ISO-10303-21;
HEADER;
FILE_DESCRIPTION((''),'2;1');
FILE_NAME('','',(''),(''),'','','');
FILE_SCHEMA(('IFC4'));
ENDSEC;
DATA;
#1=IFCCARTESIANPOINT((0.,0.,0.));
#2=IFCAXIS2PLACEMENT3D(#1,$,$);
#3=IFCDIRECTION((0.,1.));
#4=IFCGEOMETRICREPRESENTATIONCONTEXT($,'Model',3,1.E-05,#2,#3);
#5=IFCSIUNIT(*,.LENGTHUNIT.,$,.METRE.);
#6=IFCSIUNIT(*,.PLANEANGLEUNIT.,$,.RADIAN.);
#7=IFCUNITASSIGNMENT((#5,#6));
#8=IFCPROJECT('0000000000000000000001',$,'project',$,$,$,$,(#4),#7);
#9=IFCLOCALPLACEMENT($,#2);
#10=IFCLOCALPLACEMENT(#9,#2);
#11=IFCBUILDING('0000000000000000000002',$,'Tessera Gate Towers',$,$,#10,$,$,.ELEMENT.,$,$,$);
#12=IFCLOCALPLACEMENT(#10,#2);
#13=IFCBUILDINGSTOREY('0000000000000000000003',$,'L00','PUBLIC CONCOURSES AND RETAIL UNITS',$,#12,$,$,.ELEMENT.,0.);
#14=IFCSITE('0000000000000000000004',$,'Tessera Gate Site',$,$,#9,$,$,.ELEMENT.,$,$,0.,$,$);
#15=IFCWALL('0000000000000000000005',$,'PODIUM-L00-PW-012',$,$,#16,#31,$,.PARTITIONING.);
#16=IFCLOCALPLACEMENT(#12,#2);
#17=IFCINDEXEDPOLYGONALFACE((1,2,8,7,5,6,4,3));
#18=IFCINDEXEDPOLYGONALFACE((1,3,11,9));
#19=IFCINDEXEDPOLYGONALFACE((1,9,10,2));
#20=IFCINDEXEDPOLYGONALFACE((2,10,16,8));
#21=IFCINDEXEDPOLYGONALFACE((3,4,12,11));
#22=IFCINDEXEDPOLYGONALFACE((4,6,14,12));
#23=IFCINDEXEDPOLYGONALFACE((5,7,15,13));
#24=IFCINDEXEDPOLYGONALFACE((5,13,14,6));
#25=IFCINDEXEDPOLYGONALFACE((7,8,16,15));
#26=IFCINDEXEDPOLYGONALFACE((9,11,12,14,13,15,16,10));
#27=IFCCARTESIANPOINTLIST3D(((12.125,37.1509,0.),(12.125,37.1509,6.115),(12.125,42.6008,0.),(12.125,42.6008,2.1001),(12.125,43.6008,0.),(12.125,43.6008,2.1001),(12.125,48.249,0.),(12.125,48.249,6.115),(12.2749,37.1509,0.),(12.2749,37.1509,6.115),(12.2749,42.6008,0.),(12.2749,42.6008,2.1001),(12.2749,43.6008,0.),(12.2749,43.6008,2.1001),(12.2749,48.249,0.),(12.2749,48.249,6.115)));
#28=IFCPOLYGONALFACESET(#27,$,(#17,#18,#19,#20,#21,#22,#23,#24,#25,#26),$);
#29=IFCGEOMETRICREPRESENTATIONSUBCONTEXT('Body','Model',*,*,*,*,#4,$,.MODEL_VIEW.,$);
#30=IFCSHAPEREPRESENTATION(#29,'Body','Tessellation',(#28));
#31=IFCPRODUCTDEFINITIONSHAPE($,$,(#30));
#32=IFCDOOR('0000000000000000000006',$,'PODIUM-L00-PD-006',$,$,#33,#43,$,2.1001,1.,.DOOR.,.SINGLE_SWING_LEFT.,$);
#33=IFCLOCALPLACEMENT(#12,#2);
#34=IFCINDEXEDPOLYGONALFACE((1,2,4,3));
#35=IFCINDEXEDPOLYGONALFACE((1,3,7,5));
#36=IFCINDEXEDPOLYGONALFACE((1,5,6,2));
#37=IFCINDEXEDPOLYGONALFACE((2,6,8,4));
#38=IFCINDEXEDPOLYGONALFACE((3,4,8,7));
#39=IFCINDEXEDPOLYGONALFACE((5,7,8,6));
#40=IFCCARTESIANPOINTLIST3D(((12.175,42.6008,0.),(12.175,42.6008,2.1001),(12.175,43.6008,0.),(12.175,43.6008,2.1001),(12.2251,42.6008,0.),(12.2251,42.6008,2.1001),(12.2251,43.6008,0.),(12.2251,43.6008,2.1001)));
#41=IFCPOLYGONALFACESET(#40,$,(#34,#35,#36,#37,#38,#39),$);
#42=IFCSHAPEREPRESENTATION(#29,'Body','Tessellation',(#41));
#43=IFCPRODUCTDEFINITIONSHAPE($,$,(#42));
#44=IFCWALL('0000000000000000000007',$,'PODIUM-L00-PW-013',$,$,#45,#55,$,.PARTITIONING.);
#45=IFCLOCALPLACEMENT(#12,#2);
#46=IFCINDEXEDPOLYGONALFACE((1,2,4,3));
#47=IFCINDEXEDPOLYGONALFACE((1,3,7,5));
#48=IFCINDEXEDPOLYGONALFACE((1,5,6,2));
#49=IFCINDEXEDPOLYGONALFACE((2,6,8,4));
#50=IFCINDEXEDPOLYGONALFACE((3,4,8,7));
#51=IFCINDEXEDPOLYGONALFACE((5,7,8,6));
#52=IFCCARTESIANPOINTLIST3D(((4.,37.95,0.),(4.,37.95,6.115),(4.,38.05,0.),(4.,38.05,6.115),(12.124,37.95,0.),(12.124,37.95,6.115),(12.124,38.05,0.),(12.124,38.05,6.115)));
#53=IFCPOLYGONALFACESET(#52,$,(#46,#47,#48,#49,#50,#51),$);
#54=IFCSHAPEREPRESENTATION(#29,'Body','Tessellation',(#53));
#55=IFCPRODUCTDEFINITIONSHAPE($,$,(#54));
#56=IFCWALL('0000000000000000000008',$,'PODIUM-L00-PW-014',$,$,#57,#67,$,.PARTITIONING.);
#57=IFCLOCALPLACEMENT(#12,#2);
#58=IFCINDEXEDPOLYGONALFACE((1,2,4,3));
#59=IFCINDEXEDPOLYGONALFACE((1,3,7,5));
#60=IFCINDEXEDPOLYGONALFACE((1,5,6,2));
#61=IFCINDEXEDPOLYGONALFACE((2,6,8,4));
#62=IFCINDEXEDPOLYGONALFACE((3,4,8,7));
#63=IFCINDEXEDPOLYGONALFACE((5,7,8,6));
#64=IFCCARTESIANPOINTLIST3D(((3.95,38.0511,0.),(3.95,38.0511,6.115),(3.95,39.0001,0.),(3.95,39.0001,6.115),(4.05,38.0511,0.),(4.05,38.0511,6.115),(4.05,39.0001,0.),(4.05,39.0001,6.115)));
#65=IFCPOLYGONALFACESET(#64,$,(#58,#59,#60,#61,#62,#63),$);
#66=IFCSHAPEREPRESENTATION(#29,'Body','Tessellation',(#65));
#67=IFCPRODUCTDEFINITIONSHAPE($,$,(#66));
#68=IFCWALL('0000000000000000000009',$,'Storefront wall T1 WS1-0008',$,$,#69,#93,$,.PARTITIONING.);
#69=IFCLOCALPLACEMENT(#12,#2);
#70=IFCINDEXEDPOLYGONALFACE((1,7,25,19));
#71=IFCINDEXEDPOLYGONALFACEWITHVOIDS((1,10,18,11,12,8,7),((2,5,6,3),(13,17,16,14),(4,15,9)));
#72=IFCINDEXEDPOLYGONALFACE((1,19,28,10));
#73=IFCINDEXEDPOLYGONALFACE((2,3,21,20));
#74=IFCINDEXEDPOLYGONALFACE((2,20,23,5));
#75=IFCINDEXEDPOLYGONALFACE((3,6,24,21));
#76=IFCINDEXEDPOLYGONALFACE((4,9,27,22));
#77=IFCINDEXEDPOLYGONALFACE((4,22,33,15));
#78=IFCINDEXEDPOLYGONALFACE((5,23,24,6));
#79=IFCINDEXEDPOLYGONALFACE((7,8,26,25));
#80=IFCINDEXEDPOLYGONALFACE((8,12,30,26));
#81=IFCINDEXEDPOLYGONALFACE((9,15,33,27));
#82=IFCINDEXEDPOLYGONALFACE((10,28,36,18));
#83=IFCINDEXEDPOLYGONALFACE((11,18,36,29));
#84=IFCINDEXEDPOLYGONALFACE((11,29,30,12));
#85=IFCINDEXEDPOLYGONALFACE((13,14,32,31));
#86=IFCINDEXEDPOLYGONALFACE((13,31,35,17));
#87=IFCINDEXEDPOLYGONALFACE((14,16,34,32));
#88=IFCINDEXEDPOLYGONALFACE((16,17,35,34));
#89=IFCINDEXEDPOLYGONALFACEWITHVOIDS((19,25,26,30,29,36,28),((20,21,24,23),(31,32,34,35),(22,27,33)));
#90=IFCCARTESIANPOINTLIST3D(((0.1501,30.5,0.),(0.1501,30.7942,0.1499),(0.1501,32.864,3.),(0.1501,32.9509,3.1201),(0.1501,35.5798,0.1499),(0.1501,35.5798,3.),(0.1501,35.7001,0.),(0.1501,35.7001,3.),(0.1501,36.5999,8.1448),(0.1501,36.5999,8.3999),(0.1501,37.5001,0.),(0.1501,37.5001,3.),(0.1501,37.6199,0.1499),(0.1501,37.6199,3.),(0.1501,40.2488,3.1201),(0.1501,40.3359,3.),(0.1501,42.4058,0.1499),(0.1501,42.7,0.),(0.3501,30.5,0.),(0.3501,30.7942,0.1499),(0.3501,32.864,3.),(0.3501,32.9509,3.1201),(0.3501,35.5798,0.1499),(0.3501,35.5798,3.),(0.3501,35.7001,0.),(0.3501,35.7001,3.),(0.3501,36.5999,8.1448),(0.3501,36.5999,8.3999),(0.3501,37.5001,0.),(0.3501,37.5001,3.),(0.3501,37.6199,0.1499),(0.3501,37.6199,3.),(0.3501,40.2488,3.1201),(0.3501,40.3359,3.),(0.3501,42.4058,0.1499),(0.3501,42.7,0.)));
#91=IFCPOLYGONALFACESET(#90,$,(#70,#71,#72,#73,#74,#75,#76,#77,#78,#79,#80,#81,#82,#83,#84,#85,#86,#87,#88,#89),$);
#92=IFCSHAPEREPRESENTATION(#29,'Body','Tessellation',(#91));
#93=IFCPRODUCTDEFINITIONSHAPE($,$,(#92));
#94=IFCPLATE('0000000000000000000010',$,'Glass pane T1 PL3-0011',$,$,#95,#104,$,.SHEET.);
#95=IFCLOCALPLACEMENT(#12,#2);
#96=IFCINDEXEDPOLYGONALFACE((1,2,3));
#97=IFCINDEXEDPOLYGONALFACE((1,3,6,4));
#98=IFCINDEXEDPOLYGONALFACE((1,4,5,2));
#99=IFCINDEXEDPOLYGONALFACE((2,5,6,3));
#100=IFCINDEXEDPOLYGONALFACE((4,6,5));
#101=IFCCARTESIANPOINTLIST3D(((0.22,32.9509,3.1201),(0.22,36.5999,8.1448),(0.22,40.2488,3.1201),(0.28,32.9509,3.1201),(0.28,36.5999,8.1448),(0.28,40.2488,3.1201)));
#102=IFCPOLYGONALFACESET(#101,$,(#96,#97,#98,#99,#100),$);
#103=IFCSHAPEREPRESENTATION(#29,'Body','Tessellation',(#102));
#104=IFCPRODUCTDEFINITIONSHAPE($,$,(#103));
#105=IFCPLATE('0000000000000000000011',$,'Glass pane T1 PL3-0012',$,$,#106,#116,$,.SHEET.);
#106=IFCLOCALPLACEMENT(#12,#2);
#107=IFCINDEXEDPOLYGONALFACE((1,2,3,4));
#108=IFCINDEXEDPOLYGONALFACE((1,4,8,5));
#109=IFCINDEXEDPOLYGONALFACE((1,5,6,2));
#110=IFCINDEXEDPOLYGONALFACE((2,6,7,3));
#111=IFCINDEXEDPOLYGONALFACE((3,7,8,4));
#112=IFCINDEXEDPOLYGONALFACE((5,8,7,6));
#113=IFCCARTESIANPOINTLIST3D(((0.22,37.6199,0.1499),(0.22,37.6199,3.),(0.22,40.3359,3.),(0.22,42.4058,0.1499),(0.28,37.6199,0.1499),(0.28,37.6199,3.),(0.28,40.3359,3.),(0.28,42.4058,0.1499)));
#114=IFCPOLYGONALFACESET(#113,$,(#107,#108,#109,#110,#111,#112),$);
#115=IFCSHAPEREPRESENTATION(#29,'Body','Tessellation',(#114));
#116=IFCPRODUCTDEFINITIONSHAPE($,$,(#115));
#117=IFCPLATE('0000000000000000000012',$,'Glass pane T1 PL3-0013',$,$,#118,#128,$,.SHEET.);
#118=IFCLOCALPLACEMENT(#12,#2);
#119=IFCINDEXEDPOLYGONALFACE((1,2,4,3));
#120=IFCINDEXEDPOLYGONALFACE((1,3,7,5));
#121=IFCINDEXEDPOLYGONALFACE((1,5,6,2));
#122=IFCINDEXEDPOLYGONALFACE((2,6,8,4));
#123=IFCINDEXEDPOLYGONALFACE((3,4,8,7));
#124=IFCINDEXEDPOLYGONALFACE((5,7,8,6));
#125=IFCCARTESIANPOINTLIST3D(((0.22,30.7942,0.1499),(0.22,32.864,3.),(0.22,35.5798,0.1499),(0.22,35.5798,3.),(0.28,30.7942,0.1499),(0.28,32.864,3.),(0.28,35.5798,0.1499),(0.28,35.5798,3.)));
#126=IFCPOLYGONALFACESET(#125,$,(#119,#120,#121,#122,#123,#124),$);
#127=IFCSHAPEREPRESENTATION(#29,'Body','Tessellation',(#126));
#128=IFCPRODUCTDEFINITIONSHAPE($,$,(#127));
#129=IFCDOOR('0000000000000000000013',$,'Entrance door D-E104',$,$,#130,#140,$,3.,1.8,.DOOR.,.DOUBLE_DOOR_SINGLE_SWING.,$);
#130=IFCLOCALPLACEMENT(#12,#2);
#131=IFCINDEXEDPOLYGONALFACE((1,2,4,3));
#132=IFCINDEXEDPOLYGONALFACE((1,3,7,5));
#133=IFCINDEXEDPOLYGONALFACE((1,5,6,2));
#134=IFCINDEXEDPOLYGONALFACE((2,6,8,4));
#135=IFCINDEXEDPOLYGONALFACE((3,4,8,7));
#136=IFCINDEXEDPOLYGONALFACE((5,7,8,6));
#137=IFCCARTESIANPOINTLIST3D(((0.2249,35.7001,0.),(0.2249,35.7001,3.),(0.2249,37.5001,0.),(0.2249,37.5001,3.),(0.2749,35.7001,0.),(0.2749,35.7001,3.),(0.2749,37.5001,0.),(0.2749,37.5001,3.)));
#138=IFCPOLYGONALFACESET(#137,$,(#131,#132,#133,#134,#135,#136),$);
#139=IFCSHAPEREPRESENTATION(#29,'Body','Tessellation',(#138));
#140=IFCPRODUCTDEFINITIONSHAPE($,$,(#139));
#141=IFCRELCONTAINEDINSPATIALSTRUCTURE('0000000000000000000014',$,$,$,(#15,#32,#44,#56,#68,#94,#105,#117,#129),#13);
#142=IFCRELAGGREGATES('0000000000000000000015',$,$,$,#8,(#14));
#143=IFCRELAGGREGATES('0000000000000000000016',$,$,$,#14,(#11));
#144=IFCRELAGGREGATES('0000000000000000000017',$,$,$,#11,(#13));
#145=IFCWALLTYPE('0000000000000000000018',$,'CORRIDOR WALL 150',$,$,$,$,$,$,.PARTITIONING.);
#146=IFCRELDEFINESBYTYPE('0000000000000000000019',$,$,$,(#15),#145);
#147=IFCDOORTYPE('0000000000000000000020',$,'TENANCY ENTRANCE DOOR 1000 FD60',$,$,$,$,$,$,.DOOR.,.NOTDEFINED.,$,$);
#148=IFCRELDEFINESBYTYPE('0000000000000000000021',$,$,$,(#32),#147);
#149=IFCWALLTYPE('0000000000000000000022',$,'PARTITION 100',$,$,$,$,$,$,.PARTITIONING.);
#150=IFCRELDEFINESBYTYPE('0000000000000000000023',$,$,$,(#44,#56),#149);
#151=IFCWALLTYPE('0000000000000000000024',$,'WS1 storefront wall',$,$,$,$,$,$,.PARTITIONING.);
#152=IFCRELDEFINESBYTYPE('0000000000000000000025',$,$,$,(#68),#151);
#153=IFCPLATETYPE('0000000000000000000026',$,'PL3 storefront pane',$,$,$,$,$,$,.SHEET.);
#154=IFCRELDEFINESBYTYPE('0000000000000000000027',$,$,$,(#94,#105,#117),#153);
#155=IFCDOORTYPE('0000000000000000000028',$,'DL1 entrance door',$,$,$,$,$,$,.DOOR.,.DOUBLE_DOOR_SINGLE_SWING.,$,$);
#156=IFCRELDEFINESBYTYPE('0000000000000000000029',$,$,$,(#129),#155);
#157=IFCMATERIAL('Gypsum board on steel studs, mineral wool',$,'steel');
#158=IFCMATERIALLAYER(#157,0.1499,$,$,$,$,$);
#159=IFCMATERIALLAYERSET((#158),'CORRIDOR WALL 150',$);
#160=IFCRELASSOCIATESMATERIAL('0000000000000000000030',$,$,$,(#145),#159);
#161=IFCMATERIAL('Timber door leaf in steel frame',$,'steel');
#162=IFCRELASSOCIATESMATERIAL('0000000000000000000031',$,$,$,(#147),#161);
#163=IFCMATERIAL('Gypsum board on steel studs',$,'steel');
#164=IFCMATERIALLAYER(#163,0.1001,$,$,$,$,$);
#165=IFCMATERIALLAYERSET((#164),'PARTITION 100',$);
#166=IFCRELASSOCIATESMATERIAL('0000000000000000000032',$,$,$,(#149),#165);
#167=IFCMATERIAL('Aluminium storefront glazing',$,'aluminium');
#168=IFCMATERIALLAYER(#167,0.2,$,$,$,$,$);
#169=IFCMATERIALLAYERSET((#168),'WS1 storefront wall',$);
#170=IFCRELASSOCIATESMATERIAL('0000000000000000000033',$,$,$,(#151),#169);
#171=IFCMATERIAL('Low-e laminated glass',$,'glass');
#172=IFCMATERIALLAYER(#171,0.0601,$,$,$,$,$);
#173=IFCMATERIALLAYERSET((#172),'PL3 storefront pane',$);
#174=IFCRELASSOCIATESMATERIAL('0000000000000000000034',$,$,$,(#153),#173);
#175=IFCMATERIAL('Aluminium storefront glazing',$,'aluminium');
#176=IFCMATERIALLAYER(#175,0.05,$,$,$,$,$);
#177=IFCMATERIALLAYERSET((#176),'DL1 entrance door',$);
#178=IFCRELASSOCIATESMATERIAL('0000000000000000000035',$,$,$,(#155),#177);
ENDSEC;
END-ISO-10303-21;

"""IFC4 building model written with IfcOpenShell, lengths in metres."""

from ifc_helpers import new_model, si_unit, direction, frame, frame_2d, origin, place, context, subcontext, project, spatial, polyline, rectangle, outline, extrude, source, transform, mapped, material, layer, layer_set, type_object, element, fill, save


model = new_model("IFC4")

# Units and contexts
model_context = context("Model", 3, precision=1e-05, world=origin(), true_north=direction((0.0, 1.0)))
body_context = subcontext(model_context, "Body", "Model", "MODEL_VIEW")
ifc_project = project(units=[si_unit("LENGTHUNIT", "METRE"), si_unit("PLANEANGLEUNIT", "RADIAN")], contexts=[model_context])

# Site, building, storey
site_placement = place(None, origin())
site = spatial("IfcSite", under=ifc_project, at=site_placement, Name="Tessera Gate Site", CompositionType="ELEMENT", RefElevation=0.0)
building_placement = place(site_placement, origin())
building = spatial("IfcBuilding", under=site, at=building_placement, Name="Tessera Gate Towers", CompositionType="ELEMENT")
storey_placement = place(building_placement, origin())
storey = spatial("IfcBuildingStorey", under=building, at=storey_placement, Name="L00", Description="PUBLIC CONCOURSES AND RETAIL UNITS", CompositionType="ELEMENT", Elevation=0.0)

# Wall, opening, door
ifc_material_1 = material(Name="Gypsum board on steel studs, mineral wool", Category="steel")
ifc_layer_1 = layer(ifc_material_1, 0.1499)
ifc_layer_set_1 = layer_set([ifc_layer_1], Name="CORRIDOR WALL 150")
wall_type_1 = type_object("IfcWallType", Name="CORRIDOR WALL 150", PredefinedType="PARTITIONING", material=ifc_layer_set_1)
wall_1_placement = place(storey_placement, frame((12.2, 37.1509, 0.0), z_axis=(0.0, 0.0, 1.0), x_axis=(0.0, 1.0, 0.0)))
wall_1 = element("IfcWall", 1, at=wall_1_placement, inside=storey, type_object=wall_type_1, Name="PODIUM-L00-PW-012", PredefinedType="PARTITIONING", context=body_context, shape_type="SweptSolid", body=[
    extrude(rectangle(XDim=11.0981, YDim=0.1499, at=frame_2d((5.5491, 0.0))), origin(), (0.0, 0.0, 1.0), 6.115),
])
shared_shape_1 = source(origin(), body_context, "Body", "SweptSolid", [
    extrude(rectangle(XDim=1.0, YDim=2.1001, at=frame_2d((0.5, 1.05))), frame((0.0, 0.085, 0.0), z_axis=(0.0, -1.0, 0.0), x_axis=(1.0, 0.0, 0.0)), (0.0, 0.0, 1.0), 0.1699),
])
opening_1_placement = place(wall_1_placement, frame((5.45, 0.0, 0.0)))
opening_1 = element("IfcOpeningElement", 2, at=opening_1_placement, cuts=wall_1, PredefinedType="OPENING", context=body_context, shape_type="MappedRepresentation", body=[
    mapped(shared_shape_1, transform((0.0, 0.0, 0.0), scale=1.0)),
])
ifc_material_2 = material(Name="Timber door leaf in steel frame", Category="steel")
door_type_1 = type_object("IfcDoorType", Name="TENANCY ENTRANCE DOOR 1000 FD60", OperationType="NOTDEFINED", PredefinedType="DOOR", material=ifc_material_2)
shared_shape_2 = source(origin(), body_context, "Body", "SweptSolid", [
    extrude(rectangle(XDim=1.0, YDim=2.1001, at=frame_2d((0.5, 1.05))), frame((0.0, 0.0249, 0.0), z_axis=(0.0, -1.0, 0.0), x_axis=(1.0, 0.0, 0.0)), (0.0, 0.0, 1.0), 0.05),
])
door_1_placement = place(opening_1_placement, origin())
door_1 = element("IfcDoor", 3, at=door_1_placement, inside=storey, type_object=door_type_1, Name="PODIUM-L00-PD-006", OperationType="SINGLE_SWING_LEFT", OverallHeight=2.1001, OverallWidth=1.0, PredefinedType="DOOR", context=body_context, shape_type="MappedRepresentation", body=[
    mapped(shared_shape_2, transform((0.0, 0.0, 0.0), scale=1.0)),
])
fill(opening_1, door_1)

# Walls
ifc_material_3 = material(Name="Gypsum board on steel studs", Category="steel")
ifc_layer_2 = layer(ifc_material_3, 0.1001)
ifc_layer_set_2 = layer_set([ifc_layer_2], Name="PARTITION 100")
wall_type_2 = type_object("IfcWallType", Name="PARTITION 100", PredefinedType="PARTITIONING", material=ifc_layer_set_2)
wall_2_placement = place(storey_placement, frame((4.0, 38.0, 0.0), z_axis=(0.0, 0.0, 1.0), x_axis=(1.0, 0.0, 0.0)))
element("IfcWall", 4, at=wall_2_placement, inside=storey, type_object=wall_type_2, Name="PODIUM-L00-PW-013", PredefinedType="PARTITIONING", context=body_context, shape_type="SweptSolid", body=[
    extrude(rectangle(XDim=8.124, YDim=0.1001, at=frame_2d((4.062, 0.0))), origin(), (0.0, 0.0, 1.0), 6.115),
])
wall_3_placement = place(storey_placement, frame((4.0, 38.051, 0.0), z_axis=(0.0, 0.0, 1.0), x_axis=(0.0, 1.0, 0.0)))
element("IfcWall", 5, at=wall_3_placement, inside=storey, type_object=wall_type_2, Name="PODIUM-L00-PW-014", PredefinedType="PARTITIONING", context=body_context, shape_type="SweptSolid", body=[
    extrude(rectangle(XDim=0.949, YDim=0.1001, at=frame_2d((0.4746, 0.0))), origin(), (0.0, 0.0, 1.0), 6.115),
])

# Wall, openings, plates, door
ifc_material_4 = material(Name="Aluminium storefront glazing", Category="aluminium")
ifc_layer_3 = layer(ifc_material_4, 0.2)
ifc_layer_set_3 = layer_set([ifc_layer_3], Name="WS1 storefront wall")
wall_type_3 = type_object("IfcWallType", Name="WS1 storefront wall", PredefinedType="PARTITIONING", material=ifc_layer_set_3)
shared_shape_3 = source(origin(), body_context, "Body", "SweptSolid", [
    extrude(outline(polyline([(0.0, 0.0), (12.2, 0.0), (6.1001, 8.3999), (0.0, 0.0)])), frame((0.0, 0.1001, 0.0), z_axis=(0.0, -1.0, 0.0), x_axis=(1.0, 0.0, 0.0)), (0.0, 0.0, 1.0), 0.2),
])
wall_4_placement = place(storey_placement, frame((0.25, 42.7, 0.0), z_axis=(0.0, 0.0, 1.0), x_axis=(0.0, -1.0, 0.0)))
wall_4 = element("IfcWall", 6, at=wall_4_placement, inside=storey, type_object=wall_type_3, Name="Storefront wall T1 WS1-0008", PredefinedType="PARTITIONING", context=body_context, shape_type="MappedRepresentation", body=[
    mapped(shared_shape_3, transform((0.0, 0.0, 0.0), scale=1.0)),
])
shared_shape_4 = source(origin(), body_context, "Body", "SweptSolid", [
    extrude(rectangle(XDim=1.8, YDim=3.0, at=frame_2d((0.8999, 1.5))), frame((0.0, 0.1099, 0.0), z_axis=(0.0, -1.0, 0.0), x_axis=(1.0, 0.0, 0.0)), (0.0, 0.0, 1.0), 0.22),
])
opening_2_placement = place(wall_4_placement, frame((5.2, 0.0, 0.0)))
opening_2 = element("IfcOpeningElement", 7, at=opening_2_placement, cuts=wall_4, PredefinedType="OPENING", context=body_context, shape_type="MappedRepresentation", body=[
    mapped(shared_shape_4, transform((0.0, 0.0, 0.0), scale=1.0)),
])
shared_shape_5 = source(origin(), body_context, "Body", "SweptSolid", [
    extrude(outline(polyline([(9.749, 3.1201), (6.1001, 8.1448), (2.4512, 3.1201), (9.749, 3.1201)])), frame((0.0, 0.1099, 0.0), z_axis=(0.0, -1.0, 0.0), x_axis=(1.0, 0.0, 0.0)), (0.0, 0.0, 1.0), 0.22),
])
opening_3_placement = place(wall_4_placement, origin())
opening_3 = element("IfcOpeningElement", 8, at=opening_3_placement, cuts=wall_4, PredefinedType="OPENING", context=body_context, shape_type="MappedRepresentation", body=[
    mapped(shared_shape_5, transform((0.0, 0.0, 0.0), scale=1.0)),
])
shared_shape_6 = source(origin(), body_context, "Body", "SweptSolid", [
    extrude(outline(polyline([(0.2942, 0.1499), (5.0801, 0.1499), (5.0801, 3.0), (2.364, 3.0), (0.2942, 0.1499)])), frame((0.0, 0.1099, 0.0), z_axis=(0.0, -1.0, 0.0), x_axis=(1.0, 0.0, 0.0)), (0.0, 0.0, 1.0), 0.22),
])
opening_4_placement = place(wall_4_placement, origin())
opening_4 = element("IfcOpeningElement", 9, at=opening_4_placement, cuts=wall_4, PredefinedType="OPENING", context=body_context, shape_type="MappedRepresentation", body=[
    mapped(shared_shape_6, transform((0.0, 0.0, 0.0), scale=1.0)),
])
shared_shape_7 = source(origin(), body_context, "Body", "SweptSolid", [
    extrude(outline(polyline([(7.1201, 0.1499), (11.9058, 0.1499), (9.8359, 3.0), (7.1201, 3.0), (7.1201, 0.1499)])), frame((0.0, 0.1099, 0.0), z_axis=(0.0, -1.0, 0.0), x_axis=(1.0, 0.0, 0.0)), (0.0, 0.0, 1.0), 0.22),
])
opening_5_placement = place(wall_4_placement, origin())
opening_5 = element("IfcOpeningElement", 10, at=opening_5_placement, cuts=wall_4, PredefinedType="OPENING", context=body_context, shape_type="MappedRepresentation", body=[
    mapped(shared_shape_7, transform((0.0, 0.0, 0.0), scale=1.0)),
])
ifc_material_5 = material(Name="Low-e laminated glass", Category="glass")
ifc_layer_4 = layer(ifc_material_5, 0.0601)
ifc_layer_set_4 = layer_set([ifc_layer_4], Name="PL3 storefront pane")
plate_type = type_object("IfcPlateType", Name="PL3 storefront pane", PredefinedType="SHEET", material=ifc_layer_set_4)
shared_shape_8 = source(origin(), body_context, "Body", "SweptSolid", [
    extrude(outline(polyline([(9.749, 3.1201), (6.1001, 8.1448), (2.4512, 3.1201), (9.749, 3.1201)])), frame((0.0, 0.03, 0.0), z_axis=(0.0, -1.0, 0.0), x_axis=(1.0, 0.0, 0.0)), (0.0, 0.0, 1.0), 0.0601),
])
plate_1_placement = place(opening_3_placement, origin())
plate_1 = element("IfcPlate", 11, at=plate_1_placement, inside=storey, type_object=plate_type, Name="Glass pane T1 PL3-0011", PredefinedType="SHEET", context=body_context, shape_type="MappedRepresentation", body=[
    mapped(shared_shape_8, transform((0.0, 0.0, 0.0), scale=1.0)),
])
fill(opening_3, plate_1)
shared_shape_9 = source(origin(), body_context, "Body", "SweptSolid", [
    extrude(outline(polyline([(0.2942, 0.1499), (5.0801, 0.1499), (5.0801, 3.0), (2.364, 3.0), (0.2942, 0.1499)])), frame((0.0, 0.03, 0.0), z_axis=(0.0, -1.0, 0.0), x_axis=(1.0, 0.0, 0.0)), (0.0, 0.0, 1.0), 0.0601),
])
plate_2_placement = place(opening_4_placement, origin())
plate_2 = element("IfcPlate", 12, at=plate_2_placement, inside=storey, type_object=plate_type, Name="Glass pane T1 PL3-0012", PredefinedType="SHEET", context=body_context, shape_type="MappedRepresentation", body=[
    mapped(shared_shape_9, transform((0.0, 0.0, 0.0), scale=1.0)),
])
fill(opening_4, plate_2)
shared_shape_10 = source(origin(), body_context, "Body", "SweptSolid", [
    extrude(outline(polyline([(7.1201, 0.1499), (11.9058, 0.1499), (9.8359, 3.0), (7.1201, 3.0), (7.1201, 0.1499)])), frame((0.0, 0.03, 0.0), z_axis=(0.0, -1.0, 0.0), x_axis=(1.0, 0.0, 0.0)), (0.0, 0.0, 1.0), 0.0601),
])
plate_3_placement = place(opening_5_placement, origin())
plate_3 = element("IfcPlate", 13, at=plate_3_placement, inside=storey, type_object=plate_type, Name="Glass pane T1 PL3-0013", PredefinedType="SHEET", context=body_context, shape_type="MappedRepresentation", body=[
    mapped(shared_shape_10, transform((0.0, 0.0, 0.0), scale=1.0)),
])
fill(opening_5, plate_3)
ifc_material_6 = material(Name="Aluminium storefront glazing", Category="aluminium")
ifc_layer_5 = layer(ifc_material_6, 0.05)
ifc_layer_set_5 = layer_set([ifc_layer_5], Name="DL1 entrance door")
door_type_2 = type_object("IfcDoorType", Name="DL1 entrance door", OperationType="DOUBLE_DOOR_SINGLE_SWING", PredefinedType="DOOR", material=ifc_layer_set_5)
shared_shape_11 = source(origin(), body_context, "Body", "SweptSolid", [
    extrude(rectangle(XDim=1.8, YDim=3.0, at=frame_2d((0.8999, 1.5))), frame((0.0, 0.0249, 0.0), z_axis=(0.0, -1.0, 0.0), x_axis=(1.0, 0.0, 0.0)), (0.0, 0.0, 1.0), 0.05),
])
door_2_placement = place(opening_2_placement, origin())
door_2 = element("IfcDoor", 14, at=door_2_placement, inside=storey, type_object=door_type_2, Name="Entrance door D-E104", OperationType="DOUBLE_DOOR_SINGLE_SWING", OverallHeight=3.0, OverallWidth=1.8, PredefinedType="DOOR", context=body_context, shape_type="MappedRepresentation", body=[
    mapped(shared_shape_11, transform((0.0, 0.0, 0.0), scale=1.0)),
])
fill(opening_2, door_2)

save(model, "model.ifc")
